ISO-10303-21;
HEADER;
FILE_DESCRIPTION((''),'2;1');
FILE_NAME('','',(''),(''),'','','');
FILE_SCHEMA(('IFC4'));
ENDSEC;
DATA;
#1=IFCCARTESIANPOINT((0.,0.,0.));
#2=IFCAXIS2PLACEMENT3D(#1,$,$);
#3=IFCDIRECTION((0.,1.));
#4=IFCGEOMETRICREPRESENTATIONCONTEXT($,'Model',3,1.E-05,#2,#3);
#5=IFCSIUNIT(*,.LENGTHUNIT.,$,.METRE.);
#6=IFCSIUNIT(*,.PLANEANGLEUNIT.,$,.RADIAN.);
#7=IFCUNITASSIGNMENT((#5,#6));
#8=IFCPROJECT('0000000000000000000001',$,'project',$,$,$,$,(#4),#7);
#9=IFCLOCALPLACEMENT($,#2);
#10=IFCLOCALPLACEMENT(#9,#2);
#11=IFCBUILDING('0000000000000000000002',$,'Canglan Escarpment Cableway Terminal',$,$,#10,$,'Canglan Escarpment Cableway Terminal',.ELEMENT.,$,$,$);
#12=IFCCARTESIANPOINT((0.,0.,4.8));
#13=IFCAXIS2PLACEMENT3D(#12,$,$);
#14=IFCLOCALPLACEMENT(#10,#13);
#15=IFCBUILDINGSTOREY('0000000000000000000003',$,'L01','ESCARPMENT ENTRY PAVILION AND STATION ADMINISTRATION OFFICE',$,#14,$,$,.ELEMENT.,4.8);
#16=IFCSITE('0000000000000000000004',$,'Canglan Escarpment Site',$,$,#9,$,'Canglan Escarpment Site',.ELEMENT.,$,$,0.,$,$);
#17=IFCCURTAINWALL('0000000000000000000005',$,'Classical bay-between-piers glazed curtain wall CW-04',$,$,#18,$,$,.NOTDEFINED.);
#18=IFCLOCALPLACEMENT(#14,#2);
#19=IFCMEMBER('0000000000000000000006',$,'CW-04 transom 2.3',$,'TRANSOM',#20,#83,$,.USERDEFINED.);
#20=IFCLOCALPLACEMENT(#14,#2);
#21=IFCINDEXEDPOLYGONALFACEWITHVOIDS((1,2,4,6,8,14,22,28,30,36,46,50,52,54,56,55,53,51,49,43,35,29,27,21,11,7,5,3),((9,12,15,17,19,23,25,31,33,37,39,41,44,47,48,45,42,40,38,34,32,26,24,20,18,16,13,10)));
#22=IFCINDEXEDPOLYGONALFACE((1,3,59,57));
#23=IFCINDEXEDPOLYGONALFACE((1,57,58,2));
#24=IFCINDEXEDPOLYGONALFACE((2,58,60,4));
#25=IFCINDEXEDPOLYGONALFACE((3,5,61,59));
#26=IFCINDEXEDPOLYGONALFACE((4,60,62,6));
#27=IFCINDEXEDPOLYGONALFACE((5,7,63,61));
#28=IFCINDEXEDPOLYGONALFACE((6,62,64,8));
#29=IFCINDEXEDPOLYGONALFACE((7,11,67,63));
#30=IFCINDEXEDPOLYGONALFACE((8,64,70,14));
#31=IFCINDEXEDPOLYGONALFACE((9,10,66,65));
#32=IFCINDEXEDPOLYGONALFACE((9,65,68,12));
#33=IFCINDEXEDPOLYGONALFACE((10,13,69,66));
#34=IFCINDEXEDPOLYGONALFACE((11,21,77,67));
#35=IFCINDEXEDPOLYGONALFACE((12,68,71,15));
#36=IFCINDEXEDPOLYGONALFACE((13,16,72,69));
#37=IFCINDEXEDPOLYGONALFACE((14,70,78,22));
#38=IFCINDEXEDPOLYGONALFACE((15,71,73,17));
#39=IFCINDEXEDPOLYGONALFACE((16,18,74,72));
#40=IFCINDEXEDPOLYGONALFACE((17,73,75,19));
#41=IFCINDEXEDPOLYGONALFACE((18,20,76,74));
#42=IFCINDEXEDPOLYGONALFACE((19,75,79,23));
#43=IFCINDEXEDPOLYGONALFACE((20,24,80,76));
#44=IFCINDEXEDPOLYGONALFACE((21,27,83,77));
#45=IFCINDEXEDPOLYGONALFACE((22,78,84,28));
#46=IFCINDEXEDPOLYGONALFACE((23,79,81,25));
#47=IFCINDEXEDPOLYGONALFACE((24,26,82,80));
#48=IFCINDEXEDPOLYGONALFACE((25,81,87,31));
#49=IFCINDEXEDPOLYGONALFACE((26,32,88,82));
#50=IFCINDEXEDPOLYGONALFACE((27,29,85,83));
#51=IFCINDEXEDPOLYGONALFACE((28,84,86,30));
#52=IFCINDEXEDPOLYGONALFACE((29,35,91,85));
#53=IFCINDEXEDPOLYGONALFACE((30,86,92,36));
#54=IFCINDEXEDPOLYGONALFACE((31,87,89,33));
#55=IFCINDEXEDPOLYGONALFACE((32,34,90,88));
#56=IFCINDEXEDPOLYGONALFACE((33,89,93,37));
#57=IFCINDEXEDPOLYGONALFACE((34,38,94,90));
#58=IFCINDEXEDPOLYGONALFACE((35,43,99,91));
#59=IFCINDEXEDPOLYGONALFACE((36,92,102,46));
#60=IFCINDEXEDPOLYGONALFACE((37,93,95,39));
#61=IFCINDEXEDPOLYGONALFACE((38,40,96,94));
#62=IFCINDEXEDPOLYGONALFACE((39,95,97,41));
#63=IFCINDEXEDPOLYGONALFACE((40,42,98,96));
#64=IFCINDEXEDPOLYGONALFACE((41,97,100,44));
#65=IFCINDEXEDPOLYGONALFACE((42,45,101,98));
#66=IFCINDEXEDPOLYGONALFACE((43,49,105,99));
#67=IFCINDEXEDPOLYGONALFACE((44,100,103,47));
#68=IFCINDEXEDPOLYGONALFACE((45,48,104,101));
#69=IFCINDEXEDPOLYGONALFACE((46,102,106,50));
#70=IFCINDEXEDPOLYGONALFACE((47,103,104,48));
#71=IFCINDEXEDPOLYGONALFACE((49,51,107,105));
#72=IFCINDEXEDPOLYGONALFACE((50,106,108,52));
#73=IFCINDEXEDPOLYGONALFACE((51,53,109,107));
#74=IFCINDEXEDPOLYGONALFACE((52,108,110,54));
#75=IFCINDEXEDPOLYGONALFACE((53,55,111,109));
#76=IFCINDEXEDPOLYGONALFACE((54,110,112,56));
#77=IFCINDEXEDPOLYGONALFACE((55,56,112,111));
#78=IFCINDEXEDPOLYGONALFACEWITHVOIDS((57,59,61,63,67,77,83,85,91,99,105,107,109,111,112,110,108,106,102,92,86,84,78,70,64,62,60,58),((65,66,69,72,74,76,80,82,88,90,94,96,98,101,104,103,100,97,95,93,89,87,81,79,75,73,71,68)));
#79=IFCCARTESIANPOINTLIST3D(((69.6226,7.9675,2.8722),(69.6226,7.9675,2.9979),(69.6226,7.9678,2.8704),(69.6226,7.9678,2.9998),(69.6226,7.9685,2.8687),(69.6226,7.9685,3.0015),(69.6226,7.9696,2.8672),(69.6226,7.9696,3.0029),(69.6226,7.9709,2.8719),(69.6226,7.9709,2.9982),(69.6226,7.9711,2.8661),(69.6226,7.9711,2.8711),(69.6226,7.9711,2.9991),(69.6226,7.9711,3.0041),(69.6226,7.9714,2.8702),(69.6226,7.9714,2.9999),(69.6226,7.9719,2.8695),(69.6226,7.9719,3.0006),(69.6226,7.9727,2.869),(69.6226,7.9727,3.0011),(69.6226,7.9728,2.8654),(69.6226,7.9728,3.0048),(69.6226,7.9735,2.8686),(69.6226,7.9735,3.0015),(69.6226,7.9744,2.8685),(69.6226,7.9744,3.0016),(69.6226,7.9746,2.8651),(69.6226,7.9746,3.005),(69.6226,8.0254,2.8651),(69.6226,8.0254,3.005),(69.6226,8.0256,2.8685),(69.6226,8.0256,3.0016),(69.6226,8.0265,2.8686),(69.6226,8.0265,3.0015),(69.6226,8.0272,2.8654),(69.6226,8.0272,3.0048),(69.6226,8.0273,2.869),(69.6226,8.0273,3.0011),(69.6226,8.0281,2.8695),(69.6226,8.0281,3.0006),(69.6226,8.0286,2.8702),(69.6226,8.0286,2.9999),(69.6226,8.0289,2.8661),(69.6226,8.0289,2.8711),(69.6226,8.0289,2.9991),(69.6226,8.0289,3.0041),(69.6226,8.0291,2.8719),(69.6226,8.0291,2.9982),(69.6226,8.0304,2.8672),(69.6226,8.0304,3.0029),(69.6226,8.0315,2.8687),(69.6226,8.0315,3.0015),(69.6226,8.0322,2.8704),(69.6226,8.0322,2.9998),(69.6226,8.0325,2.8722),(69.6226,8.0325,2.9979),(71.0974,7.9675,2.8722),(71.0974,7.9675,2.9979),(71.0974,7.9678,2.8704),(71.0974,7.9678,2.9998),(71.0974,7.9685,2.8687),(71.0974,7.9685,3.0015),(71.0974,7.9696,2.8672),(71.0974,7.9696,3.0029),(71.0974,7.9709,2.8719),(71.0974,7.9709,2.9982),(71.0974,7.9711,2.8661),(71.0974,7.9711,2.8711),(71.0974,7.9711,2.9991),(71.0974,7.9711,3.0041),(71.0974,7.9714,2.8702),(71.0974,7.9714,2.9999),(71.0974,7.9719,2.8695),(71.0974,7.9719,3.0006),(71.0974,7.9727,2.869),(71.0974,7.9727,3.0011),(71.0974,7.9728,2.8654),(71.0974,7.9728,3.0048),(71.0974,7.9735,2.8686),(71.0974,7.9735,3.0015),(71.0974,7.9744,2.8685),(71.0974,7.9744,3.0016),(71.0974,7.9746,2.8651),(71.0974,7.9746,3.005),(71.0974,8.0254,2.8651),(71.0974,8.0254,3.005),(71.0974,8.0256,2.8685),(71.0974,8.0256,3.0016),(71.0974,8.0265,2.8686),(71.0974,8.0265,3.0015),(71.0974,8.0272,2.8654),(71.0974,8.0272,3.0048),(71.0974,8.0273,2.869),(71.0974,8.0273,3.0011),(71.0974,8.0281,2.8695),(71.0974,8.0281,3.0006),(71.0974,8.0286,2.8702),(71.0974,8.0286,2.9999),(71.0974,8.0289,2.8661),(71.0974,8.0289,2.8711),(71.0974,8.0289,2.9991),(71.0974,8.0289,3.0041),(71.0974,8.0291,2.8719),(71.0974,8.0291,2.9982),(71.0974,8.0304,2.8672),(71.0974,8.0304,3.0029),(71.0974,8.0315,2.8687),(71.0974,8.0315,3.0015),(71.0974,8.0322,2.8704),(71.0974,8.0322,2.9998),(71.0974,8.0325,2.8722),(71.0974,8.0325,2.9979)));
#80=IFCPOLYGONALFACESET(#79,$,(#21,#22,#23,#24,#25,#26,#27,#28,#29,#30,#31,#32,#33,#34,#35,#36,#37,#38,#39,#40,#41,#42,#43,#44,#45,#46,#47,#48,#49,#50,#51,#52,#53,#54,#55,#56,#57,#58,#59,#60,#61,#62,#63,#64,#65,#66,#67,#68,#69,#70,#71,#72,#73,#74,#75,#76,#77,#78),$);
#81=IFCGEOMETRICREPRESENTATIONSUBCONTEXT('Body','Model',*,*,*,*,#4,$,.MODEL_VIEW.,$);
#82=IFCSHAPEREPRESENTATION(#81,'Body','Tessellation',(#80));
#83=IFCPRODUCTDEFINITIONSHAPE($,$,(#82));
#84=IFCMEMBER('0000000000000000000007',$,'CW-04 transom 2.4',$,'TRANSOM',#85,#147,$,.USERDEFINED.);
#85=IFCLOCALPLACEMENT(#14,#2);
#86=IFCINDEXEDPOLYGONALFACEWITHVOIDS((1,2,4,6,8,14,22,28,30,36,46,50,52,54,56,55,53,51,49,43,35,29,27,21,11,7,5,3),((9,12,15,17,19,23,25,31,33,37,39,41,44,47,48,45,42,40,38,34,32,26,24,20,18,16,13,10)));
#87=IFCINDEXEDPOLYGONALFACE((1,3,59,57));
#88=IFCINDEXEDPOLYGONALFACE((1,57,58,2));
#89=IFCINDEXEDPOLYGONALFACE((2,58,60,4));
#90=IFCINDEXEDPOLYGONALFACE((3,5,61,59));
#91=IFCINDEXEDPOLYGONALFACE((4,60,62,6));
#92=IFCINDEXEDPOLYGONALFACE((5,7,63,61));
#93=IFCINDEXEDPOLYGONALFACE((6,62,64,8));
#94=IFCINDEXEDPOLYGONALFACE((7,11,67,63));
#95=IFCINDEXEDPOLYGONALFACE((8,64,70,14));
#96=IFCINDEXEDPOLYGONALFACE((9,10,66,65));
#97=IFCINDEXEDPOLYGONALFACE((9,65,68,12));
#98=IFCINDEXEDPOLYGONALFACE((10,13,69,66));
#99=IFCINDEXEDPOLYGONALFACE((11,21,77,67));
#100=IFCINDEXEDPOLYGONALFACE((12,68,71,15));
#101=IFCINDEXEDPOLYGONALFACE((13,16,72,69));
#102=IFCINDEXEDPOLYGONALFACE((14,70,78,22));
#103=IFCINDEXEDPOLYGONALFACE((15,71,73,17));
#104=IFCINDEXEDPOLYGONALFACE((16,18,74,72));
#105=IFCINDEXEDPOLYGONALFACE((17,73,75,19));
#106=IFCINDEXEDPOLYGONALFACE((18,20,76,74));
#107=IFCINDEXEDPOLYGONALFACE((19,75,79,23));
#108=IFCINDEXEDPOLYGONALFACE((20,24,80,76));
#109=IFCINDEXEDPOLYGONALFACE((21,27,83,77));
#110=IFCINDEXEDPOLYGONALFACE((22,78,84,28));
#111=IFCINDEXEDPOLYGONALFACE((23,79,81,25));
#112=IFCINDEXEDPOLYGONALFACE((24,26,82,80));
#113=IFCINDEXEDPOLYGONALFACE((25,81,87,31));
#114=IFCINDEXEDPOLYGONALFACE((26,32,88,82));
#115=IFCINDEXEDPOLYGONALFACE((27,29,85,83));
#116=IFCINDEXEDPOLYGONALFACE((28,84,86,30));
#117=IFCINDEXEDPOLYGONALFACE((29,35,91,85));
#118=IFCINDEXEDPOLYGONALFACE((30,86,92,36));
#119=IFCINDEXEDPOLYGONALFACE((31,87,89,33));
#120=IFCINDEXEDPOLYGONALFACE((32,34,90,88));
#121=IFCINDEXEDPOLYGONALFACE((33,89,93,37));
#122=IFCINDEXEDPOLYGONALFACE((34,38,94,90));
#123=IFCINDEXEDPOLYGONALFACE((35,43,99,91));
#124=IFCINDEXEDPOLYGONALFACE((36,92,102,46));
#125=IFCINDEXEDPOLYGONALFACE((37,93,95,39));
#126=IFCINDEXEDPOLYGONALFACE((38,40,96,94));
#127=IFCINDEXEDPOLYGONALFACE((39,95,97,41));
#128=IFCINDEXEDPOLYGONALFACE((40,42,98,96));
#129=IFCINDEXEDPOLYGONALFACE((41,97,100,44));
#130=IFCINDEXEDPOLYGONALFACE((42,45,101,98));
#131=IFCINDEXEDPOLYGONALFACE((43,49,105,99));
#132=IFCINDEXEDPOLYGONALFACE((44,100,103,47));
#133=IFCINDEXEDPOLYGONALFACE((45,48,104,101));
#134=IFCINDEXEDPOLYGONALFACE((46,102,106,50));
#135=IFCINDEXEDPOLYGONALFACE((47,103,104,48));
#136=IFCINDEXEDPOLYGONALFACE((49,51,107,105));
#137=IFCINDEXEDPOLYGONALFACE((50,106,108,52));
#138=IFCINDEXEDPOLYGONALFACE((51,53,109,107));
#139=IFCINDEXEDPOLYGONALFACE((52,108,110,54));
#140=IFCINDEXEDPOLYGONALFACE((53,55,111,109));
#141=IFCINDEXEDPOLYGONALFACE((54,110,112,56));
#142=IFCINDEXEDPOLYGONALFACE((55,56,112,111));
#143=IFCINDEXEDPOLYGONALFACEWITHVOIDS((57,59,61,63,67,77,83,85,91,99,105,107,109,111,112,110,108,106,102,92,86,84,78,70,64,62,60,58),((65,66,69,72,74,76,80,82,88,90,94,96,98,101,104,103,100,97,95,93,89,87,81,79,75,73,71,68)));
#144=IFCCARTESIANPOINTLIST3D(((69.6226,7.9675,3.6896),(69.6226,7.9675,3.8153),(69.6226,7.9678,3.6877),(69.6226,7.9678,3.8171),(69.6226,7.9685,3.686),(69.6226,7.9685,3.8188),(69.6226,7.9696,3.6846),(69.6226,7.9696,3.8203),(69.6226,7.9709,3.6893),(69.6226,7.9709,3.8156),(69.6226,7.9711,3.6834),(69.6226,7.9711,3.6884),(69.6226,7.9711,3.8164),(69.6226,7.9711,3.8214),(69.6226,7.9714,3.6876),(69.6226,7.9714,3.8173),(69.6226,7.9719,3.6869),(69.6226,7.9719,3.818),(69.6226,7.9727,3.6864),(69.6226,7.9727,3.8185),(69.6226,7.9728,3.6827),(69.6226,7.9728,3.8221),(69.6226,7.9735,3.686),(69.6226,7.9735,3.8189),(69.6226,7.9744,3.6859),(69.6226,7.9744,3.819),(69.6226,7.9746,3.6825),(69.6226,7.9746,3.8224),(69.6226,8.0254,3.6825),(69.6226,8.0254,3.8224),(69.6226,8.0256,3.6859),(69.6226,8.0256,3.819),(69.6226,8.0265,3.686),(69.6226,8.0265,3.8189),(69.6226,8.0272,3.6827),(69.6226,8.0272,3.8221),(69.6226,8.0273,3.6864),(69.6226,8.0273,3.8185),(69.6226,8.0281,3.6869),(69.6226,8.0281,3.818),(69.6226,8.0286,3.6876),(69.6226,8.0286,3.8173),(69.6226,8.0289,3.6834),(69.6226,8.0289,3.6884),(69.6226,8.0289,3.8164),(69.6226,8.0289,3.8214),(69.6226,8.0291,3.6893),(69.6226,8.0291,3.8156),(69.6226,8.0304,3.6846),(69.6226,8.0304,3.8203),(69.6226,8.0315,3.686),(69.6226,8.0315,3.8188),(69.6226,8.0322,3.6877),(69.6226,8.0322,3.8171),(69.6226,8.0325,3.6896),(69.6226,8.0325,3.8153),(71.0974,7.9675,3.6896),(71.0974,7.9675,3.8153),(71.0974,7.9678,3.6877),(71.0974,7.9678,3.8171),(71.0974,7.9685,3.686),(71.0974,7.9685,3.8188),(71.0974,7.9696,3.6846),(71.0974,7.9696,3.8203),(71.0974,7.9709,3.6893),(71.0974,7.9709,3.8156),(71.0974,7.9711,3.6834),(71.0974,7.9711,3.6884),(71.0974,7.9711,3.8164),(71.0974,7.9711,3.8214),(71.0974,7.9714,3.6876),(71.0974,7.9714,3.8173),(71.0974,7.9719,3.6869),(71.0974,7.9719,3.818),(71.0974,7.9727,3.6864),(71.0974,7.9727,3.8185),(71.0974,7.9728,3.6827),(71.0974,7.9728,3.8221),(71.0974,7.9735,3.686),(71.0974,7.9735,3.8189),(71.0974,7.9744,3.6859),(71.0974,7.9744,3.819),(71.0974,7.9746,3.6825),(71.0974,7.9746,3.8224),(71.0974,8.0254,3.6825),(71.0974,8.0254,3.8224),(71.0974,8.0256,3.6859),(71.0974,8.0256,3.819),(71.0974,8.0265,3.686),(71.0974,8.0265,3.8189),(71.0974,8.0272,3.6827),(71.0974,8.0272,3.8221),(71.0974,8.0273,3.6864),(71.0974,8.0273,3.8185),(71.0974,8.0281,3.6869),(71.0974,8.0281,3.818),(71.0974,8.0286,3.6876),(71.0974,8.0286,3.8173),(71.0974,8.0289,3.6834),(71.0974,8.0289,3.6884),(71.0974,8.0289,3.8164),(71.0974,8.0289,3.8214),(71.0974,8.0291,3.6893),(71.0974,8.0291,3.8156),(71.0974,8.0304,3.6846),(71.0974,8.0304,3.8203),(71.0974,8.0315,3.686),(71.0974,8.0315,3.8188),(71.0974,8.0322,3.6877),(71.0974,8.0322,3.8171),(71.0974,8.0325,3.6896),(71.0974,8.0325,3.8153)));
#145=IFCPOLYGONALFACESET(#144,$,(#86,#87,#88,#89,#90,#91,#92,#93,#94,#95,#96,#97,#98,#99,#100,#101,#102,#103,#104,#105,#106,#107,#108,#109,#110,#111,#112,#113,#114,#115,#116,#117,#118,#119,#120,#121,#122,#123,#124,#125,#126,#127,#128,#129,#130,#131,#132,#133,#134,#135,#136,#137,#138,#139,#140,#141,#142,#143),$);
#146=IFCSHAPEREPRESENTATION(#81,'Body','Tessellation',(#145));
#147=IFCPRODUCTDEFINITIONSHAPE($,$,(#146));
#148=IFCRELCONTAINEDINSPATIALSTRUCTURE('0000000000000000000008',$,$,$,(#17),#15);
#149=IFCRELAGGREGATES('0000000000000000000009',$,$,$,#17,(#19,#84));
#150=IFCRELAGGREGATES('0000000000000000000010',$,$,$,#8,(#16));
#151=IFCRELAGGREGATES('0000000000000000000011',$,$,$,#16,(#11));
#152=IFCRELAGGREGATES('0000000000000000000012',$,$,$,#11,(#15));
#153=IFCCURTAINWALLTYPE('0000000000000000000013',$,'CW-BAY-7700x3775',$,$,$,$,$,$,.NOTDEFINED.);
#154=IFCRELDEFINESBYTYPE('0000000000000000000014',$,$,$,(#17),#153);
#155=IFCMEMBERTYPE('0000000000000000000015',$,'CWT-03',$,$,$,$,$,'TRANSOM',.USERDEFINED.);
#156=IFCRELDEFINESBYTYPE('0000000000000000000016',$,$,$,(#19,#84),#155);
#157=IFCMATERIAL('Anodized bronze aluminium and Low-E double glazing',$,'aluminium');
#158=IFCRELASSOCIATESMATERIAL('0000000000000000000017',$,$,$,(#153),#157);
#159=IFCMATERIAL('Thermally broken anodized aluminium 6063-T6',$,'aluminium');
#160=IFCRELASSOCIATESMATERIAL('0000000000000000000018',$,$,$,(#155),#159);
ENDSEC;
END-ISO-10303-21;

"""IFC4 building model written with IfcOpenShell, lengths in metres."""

from ifc_helpers import new_model, si_unit, direction, frame, origin, origin_2d, place, context, subcontext, project, spatial, hollow_rectangle, extrude, material, material_profile, profile_set, type_object, element, aggregate, save


model = new_model("IFC4")

# Units and contexts
model_context = context("Model", 3, precision=1e-05, world=origin(), true_north=direction((0.0, 1.0)))
body_context = subcontext(model_context, "Body", "Model", "MODEL_VIEW")
ifc_project = project(units=[si_unit("LENGTHUNIT", "METRE"), si_unit("PLANEANGLEUNIT", "RADIAN")], contexts=[model_context])

# Site, building, storey
site_placement = place(None, origin())
site = spatial("IfcSite", under=ifc_project, at=site_placement, Name="Canglan Escarpment Site", LongName="Canglan Escarpment Site", CompositionType="ELEMENT", RefElevation=0.0)
building_placement = place(site_placement, origin())
building = spatial("IfcBuilding", under=site, at=building_placement, Name="Canglan Escarpment Cableway Terminal", LongName="Canglan Escarpment Cableway Terminal", CompositionType="ELEMENT")
storey_placement = place(building_placement, frame((0.0, 0.0, 4.8)))
storey = spatial("IfcBuildingStorey", under=building, at=storey_placement, Name="L01", Description="ESCARPMENT ENTRY PAVILION AND STATION ADMINISTRATION OFFICE", CompositionType="ELEMENT", Elevation=4.8)

# Curtain wall, members
ifc_material_1 = material(Name="Anodized bronze aluminium and Low-E double glazing", Category="aluminium")
curtain_wall_type = type_object("IfcCurtainWallType", Name="CW-BAY-7700x3775", PredefinedType="NOTDEFINED", material=ifc_material_1)
curtain_wall_placement = place(storey_placement, origin())
curtain_wall = element("IfcCurtainWall", 1, at=curtain_wall_placement, inside=storey, type_object=curtain_wall_type, Name="Classical bay-between-piers glazed curtain wall CW-04", PredefinedType="NOTDEFINED")
ifc_material_2 = material(Name="Thermally broken anodized aluminium 6063-T6", Category="aluminium")
ifc_material_profile_1 = material_profile(ifc_material_2, hollow_rectangle(XDim=0.0649, YDim=0.1399, WallThickness=0.0034, InnerFilletRadius=0.0034, OuterFilletRadius=0.0071, at=origin_2d()), Name="ALU-TRAN 65x140x3.5")
ifc_profile_set_1 = profile_set([ifc_material_profile_1], Name="Thermally broken anodized aluminium 6063-T6")
member_type_1 = type_object("IfcMemberType", Name="CWT-03", ElementType="TRANSOM", PredefinedType="USERDEFINED", material=ifc_profile_set_1)
member_1_placement = place(storey_placement, frame((69.6226, 8.0, 2.9351), z_axis=(1.0, 0.0, 0.0), x_axis=(0.0, 1.0, 0.0)))
member_1 = element("IfcMember", 2, at=member_1_placement, type_object=member_type_1, Name="CW-04 transom 2.3", ObjectType="TRANSOM", PredefinedType="USERDEFINED", context=body_context, shape_type="SweptSolid", body=[
    extrude(hollow_rectangle(XDim=0.0649, YDim=0.1399, WallThickness=0.0034, InnerFilletRadius=0.0034, OuterFilletRadius=0.0071, at=origin_2d()), origin(), (0.0, 0.0, 1.0), 1.4749),
])
member_2_placement = place(storey_placement, frame((69.6226, 8.0, 3.7524), z_axis=(1.0, 0.0, 0.0), x_axis=(0.0, 1.0, 0.0)))
member_2 = element("IfcMember", 3, at=member_2_placement, type_object=member_type_1, Name="CW-04 transom 2.4", ObjectType="TRANSOM", PredefinedType="USERDEFINED", context=body_context, shape_type="SweptSolid", body=[
    extrude(hollow_rectangle(XDim=0.0649, YDim=0.1399, WallThickness=0.0034, InnerFilletRadius=0.0034, OuterFilletRadius=0.0071, at=origin_2d()), origin(), (0.0, 0.0, 1.0), 1.4749),
])

aggregate(curtain_wall, [member_1, member_2])

save(model, "model.ifc")
